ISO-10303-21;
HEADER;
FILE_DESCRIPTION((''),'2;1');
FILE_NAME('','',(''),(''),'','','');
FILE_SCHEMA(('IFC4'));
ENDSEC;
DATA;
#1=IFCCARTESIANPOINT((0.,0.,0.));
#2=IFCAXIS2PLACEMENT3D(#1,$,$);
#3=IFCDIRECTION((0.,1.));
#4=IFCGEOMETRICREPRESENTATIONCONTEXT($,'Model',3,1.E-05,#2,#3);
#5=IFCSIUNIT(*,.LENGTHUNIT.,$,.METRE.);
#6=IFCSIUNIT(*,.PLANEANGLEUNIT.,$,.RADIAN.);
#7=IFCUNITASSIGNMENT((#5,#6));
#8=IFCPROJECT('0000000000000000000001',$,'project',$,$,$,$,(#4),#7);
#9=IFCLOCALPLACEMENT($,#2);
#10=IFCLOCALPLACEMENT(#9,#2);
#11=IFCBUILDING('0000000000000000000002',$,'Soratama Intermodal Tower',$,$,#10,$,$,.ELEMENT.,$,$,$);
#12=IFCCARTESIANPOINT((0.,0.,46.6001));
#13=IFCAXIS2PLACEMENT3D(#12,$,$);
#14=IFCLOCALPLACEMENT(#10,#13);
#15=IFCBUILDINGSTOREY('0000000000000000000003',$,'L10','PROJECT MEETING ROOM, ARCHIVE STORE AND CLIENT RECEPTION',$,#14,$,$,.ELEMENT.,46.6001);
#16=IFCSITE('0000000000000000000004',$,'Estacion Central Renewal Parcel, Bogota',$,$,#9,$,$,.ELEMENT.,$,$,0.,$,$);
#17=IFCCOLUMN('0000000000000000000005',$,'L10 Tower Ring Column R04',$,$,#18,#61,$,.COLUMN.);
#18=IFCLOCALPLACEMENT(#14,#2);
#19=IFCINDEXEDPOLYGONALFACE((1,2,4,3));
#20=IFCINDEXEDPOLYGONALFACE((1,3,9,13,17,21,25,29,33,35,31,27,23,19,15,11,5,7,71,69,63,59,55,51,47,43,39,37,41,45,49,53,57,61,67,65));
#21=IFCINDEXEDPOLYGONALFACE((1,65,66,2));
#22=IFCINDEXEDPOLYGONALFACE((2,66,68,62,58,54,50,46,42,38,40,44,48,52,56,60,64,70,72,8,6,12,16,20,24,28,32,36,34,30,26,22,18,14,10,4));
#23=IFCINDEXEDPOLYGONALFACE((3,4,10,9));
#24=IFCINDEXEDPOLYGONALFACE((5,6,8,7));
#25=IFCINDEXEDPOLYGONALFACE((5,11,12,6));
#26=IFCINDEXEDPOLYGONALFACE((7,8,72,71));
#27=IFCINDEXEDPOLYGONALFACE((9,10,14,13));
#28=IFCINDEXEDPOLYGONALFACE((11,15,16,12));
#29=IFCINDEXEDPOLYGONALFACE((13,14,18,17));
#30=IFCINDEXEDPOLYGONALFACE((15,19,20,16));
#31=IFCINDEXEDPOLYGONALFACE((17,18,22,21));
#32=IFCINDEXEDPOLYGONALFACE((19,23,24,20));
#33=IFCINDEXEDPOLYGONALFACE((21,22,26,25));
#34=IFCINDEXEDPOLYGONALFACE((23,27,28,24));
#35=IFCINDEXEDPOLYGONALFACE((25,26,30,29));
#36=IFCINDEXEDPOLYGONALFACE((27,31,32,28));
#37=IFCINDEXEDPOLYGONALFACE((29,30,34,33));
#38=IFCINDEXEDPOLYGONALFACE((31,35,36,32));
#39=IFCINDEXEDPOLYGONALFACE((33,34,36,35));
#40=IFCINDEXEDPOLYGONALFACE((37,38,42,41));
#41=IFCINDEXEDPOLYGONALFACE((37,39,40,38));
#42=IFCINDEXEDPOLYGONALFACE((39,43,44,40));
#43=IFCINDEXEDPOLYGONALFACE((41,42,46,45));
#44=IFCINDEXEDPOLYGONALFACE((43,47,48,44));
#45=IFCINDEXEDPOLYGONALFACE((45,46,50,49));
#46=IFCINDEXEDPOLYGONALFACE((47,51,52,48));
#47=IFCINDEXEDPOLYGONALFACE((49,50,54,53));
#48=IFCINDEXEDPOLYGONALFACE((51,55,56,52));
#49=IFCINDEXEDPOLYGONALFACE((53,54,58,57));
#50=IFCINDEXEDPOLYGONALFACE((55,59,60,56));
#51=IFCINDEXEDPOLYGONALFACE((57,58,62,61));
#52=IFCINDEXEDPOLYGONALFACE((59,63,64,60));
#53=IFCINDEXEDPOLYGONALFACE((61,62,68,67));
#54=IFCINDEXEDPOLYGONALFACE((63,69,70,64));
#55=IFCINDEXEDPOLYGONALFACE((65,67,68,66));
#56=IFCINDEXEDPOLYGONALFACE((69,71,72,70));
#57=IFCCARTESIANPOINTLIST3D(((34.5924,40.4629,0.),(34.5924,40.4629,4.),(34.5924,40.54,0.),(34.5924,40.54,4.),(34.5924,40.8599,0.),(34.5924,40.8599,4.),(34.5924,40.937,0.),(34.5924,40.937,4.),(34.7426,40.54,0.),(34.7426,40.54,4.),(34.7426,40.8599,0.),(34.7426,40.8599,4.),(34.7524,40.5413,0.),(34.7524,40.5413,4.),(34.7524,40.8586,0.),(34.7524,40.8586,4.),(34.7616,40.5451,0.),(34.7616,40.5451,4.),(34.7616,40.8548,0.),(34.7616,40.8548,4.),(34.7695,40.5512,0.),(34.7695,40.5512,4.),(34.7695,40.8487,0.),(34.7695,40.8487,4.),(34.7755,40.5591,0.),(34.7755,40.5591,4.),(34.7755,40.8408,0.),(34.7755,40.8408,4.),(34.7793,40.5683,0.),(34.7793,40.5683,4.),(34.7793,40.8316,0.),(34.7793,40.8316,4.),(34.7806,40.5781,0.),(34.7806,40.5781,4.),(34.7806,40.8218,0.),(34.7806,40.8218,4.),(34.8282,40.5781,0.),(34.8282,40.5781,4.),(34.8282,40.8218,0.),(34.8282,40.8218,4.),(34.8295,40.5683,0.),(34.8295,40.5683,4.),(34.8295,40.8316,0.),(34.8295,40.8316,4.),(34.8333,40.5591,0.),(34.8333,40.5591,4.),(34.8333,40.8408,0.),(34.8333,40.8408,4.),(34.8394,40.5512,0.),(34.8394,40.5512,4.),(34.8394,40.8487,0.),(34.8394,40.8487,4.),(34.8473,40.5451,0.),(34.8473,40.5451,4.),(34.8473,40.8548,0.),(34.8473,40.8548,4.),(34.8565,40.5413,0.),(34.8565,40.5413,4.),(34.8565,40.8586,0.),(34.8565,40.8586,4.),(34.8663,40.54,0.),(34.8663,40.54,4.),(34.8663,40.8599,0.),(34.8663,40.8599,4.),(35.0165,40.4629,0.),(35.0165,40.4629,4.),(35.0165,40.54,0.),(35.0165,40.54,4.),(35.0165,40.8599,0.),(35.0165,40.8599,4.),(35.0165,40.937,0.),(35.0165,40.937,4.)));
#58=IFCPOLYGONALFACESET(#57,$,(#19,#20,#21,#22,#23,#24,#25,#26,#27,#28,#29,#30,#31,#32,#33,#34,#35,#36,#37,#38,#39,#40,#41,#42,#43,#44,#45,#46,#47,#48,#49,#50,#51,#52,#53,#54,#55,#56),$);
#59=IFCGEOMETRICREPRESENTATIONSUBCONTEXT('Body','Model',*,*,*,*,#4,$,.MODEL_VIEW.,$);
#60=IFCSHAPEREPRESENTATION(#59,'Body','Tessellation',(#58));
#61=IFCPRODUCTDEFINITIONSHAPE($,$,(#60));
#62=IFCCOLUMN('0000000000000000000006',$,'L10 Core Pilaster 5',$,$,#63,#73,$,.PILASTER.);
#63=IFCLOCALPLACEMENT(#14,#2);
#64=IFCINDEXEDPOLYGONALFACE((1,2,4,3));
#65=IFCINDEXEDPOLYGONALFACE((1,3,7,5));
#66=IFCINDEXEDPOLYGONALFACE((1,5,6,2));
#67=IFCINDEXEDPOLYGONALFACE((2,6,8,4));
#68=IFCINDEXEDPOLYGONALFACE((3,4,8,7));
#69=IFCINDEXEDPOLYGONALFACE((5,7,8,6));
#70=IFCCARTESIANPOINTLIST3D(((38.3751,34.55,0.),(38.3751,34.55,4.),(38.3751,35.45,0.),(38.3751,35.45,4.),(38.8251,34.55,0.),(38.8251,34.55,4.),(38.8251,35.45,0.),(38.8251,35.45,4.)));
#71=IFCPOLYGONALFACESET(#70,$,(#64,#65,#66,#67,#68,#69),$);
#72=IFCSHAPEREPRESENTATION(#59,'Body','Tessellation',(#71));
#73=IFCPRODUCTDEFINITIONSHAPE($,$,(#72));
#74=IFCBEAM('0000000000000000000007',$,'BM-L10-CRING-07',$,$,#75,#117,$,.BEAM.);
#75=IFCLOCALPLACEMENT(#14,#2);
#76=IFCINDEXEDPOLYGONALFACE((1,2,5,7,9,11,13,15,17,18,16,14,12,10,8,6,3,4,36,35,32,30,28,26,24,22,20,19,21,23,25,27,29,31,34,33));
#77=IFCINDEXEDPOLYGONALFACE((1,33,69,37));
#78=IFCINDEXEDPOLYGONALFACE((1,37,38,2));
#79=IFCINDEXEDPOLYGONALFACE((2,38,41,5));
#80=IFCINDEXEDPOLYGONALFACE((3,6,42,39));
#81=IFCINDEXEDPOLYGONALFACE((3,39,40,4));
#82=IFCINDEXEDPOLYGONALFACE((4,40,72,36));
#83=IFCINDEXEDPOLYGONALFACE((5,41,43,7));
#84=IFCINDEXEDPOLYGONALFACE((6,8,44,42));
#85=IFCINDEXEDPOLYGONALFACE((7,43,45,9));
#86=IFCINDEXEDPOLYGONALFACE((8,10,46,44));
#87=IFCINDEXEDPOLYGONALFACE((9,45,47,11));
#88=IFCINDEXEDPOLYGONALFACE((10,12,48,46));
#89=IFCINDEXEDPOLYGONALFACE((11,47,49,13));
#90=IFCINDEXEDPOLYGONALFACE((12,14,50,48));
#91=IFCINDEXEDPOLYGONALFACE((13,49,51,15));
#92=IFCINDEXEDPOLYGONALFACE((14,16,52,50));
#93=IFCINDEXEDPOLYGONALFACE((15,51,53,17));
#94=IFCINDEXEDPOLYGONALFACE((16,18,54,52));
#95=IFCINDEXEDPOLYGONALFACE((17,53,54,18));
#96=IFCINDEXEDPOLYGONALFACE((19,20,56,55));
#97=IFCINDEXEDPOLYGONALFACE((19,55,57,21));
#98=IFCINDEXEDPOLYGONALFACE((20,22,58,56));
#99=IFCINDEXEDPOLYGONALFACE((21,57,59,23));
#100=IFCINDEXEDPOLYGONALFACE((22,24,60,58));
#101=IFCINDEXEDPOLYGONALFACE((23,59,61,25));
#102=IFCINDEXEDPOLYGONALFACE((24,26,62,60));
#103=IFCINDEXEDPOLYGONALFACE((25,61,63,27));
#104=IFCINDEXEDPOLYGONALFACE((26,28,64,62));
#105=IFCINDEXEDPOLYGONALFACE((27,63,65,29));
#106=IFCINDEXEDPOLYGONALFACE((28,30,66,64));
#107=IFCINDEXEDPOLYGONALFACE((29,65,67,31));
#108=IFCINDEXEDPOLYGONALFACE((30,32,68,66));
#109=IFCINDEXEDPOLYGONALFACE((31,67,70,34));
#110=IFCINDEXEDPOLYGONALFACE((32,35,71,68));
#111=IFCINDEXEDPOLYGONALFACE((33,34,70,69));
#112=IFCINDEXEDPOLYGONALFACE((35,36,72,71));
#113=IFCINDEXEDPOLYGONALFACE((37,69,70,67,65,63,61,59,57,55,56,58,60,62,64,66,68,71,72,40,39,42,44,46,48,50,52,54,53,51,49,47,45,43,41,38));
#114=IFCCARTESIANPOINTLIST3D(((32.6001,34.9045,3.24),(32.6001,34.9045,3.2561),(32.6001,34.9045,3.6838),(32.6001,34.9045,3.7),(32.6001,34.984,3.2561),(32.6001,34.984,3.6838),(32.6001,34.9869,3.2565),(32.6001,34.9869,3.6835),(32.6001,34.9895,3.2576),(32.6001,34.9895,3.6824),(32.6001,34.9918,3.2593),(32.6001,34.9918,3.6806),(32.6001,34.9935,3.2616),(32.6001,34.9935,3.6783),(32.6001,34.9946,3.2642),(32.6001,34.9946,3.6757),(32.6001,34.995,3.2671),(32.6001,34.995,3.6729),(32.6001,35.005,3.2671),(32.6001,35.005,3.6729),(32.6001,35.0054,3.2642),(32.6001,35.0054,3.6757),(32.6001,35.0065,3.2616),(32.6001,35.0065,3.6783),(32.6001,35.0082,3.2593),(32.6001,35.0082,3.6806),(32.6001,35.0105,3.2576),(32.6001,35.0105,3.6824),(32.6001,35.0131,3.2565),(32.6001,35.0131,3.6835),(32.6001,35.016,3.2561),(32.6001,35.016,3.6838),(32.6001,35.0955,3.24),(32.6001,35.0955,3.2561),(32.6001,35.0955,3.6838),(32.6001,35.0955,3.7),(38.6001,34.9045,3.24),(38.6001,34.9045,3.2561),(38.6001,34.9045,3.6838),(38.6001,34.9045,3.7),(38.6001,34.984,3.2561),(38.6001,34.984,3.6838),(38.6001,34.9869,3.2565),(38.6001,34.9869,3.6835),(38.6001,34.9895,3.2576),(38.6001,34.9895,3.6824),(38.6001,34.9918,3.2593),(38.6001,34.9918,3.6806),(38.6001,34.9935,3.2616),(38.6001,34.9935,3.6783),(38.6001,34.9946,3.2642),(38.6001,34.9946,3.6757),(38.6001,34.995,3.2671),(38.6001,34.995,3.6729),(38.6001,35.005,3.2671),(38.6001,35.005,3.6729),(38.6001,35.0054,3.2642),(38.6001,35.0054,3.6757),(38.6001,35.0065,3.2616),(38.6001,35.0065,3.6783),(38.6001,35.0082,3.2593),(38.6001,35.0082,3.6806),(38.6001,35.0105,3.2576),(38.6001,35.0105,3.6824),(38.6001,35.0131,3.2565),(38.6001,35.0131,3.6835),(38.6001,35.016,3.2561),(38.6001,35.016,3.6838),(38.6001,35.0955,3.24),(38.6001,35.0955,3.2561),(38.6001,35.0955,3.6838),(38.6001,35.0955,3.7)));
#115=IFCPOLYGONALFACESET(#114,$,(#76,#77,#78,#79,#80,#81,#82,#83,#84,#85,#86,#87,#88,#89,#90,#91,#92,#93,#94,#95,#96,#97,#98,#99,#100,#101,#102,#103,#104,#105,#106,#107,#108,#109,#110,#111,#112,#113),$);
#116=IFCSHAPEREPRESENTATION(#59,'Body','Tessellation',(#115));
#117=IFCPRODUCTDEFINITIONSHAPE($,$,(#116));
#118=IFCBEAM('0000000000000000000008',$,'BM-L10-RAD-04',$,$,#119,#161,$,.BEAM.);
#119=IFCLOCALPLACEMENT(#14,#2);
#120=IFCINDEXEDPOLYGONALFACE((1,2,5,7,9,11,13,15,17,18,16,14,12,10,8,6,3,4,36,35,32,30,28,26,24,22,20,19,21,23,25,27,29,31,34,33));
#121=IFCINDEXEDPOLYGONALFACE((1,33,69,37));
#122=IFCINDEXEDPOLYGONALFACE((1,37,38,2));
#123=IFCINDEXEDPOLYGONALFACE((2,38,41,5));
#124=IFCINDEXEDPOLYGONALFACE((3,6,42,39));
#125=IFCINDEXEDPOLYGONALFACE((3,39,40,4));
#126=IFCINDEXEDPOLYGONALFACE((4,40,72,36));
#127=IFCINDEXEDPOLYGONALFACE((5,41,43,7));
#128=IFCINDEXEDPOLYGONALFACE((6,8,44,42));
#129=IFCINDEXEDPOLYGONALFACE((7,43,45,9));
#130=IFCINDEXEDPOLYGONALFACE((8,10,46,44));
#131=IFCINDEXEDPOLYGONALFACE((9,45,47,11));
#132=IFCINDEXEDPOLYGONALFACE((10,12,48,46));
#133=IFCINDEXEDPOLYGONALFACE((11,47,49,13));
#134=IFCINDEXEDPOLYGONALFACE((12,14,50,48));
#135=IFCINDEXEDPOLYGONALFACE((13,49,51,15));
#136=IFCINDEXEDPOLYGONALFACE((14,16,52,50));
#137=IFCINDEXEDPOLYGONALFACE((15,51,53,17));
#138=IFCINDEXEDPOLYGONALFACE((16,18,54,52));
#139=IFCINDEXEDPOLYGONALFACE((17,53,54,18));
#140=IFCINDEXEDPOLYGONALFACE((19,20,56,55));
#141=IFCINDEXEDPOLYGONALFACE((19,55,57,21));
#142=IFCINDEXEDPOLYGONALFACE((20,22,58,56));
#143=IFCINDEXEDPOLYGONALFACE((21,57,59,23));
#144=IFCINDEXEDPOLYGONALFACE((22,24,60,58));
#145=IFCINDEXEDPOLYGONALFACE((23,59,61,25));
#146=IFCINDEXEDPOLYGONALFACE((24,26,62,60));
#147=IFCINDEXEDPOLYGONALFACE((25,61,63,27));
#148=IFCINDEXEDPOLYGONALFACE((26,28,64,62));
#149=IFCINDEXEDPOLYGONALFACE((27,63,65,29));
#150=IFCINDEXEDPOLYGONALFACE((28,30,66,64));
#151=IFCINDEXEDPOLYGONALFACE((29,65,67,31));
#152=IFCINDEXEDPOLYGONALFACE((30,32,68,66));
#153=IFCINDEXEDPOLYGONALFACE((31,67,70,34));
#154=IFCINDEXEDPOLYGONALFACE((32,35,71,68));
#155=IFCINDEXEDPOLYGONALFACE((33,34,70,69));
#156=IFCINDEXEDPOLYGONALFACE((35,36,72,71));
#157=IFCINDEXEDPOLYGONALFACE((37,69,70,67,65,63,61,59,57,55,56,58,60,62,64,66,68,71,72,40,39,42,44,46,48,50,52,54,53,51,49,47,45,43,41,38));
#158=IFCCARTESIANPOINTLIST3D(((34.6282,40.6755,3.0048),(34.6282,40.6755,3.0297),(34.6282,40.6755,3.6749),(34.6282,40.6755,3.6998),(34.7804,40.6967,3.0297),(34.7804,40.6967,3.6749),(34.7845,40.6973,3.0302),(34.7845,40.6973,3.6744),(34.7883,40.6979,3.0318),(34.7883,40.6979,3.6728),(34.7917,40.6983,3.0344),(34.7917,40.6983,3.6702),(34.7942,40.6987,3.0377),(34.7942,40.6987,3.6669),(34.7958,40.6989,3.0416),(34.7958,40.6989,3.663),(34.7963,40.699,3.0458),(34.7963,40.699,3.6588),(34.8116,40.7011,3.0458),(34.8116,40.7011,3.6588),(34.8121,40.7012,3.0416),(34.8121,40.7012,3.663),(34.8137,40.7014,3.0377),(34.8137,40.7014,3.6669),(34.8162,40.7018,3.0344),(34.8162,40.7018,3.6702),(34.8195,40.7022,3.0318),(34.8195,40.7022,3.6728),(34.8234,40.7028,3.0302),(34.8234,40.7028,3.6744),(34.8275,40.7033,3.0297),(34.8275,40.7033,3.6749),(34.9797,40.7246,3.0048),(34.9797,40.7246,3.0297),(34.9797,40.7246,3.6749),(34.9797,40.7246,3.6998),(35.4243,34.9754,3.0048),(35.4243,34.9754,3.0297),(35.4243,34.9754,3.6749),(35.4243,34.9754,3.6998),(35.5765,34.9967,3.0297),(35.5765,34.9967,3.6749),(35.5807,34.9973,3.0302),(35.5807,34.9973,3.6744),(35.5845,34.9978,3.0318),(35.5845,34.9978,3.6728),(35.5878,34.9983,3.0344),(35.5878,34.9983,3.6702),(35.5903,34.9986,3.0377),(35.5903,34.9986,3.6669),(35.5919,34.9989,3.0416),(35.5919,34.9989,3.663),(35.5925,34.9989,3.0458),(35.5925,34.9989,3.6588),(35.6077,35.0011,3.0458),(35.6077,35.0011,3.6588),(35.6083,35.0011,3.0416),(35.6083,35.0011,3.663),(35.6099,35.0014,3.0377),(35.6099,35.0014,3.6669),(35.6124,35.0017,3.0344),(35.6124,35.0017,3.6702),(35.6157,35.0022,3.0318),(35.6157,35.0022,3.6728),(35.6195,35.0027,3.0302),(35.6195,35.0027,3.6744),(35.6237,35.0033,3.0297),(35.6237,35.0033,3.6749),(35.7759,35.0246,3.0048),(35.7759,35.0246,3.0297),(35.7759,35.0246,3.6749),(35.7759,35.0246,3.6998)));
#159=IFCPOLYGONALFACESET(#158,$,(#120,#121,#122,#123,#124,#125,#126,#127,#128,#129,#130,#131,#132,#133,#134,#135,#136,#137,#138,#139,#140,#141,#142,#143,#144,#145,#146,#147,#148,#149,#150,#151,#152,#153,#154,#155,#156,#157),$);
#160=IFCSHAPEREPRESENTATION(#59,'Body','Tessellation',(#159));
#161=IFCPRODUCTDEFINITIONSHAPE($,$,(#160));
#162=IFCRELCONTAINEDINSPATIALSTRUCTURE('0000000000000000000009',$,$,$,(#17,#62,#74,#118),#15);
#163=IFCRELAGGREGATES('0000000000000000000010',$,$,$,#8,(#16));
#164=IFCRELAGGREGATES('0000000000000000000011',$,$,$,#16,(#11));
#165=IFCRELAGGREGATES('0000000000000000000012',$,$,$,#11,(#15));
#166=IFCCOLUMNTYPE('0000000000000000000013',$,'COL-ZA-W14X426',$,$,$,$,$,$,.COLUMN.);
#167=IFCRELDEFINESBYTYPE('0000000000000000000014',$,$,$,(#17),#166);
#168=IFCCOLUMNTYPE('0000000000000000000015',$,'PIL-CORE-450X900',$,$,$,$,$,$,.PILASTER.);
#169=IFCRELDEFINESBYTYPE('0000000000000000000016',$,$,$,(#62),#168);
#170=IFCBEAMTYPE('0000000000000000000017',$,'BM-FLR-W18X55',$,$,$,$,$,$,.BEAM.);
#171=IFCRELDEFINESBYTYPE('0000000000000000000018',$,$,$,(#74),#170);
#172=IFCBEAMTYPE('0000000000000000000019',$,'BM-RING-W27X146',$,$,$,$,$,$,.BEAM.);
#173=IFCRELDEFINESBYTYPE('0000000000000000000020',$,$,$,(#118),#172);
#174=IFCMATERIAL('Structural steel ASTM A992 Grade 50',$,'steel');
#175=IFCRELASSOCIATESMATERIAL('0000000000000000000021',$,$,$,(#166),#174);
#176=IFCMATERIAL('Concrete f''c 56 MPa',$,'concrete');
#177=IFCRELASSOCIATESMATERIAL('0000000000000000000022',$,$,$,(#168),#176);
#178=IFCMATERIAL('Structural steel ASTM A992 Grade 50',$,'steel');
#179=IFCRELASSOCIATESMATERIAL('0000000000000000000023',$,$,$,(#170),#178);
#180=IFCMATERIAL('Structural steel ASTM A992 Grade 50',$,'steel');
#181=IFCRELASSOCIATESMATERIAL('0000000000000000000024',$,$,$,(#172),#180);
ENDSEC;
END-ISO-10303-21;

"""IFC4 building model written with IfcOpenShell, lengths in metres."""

from ifc_helpers import new_model, si_unit, direction, frame, origin, origin_2d, place, context, subcontext, project, spatial, rectangle, i_section, extrude, material, material_profile, profile_set, type_object, element, save


model = new_model("IFC4")

# Units and contexts
model_context = context("Model", 3, precision=1e-05, world=origin(), true_north=direction((0.0, 1.0)))
body_context = subcontext(model_context, "Body", "Model", "MODEL_VIEW")
ifc_project = project(units=[si_unit("LENGTHUNIT", "METRE"), si_unit("PLANEANGLEUNIT", "RADIAN")], contexts=[model_context])

# Site, building, storey
site_placement = place(None, origin())
site = spatial("IfcSite", under=ifc_project, at=site_placement, Name="Estacion Central Renewal Parcel, Bogota", CompositionType="ELEMENT", RefElevation=0.0)
building_placement = place(site_placement, origin())
building = spatial("IfcBuilding", under=site, at=building_placement, Name="Soratama Intermodal Tower", CompositionType="ELEMENT")
storey_placement = place(building_placement, frame((0.0, 0.0, 46.6001)))
storey = spatial("IfcBuildingStorey", under=building, at=storey_placement, Name="L10", Description="PROJECT MEETING ROOM, ARCHIVE STORE AND CLIENT RECEPTION", CompositionType="ELEMENT", Elevation=46.6001)

# Columns
ifc_material_1 = material(Name="Structural steel ASTM A992 Grade 50", Category="steel")
ifc_material_profile_1 = material_profile(ifc_material_1, i_section(OverallWidth=0.4241, OverallDepth=0.4741, WebThickness=0.0476, FlangeThickness=0.0771, FilletRadius=0.0381, at=origin_2d()), Name="W14X426")
ifc_profile_set_1 = profile_set([ifc_material_profile_1], Name="Structural steel ASTM A992 Grade 50")
column_type_1 = type_object("IfcColumnType", Name="COL-ZA-W14X426", PredefinedType="COLUMN", material=ifc_profile_set_1)
column_1_placement = place(storey_placement, frame((34.8044, 40.7, 0.0), z_axis=(0.0, 0.0, 1.0), x_axis=(1.0, 0.0, 0.0)))
element("IfcColumn", 1, at=column_1_placement, inside=storey, type_object=column_type_1, Name="L10 Tower Ring Column R04", PredefinedType="COLUMN", context=body_context, shape_type="SweptSolid", body=[
    extrude(i_section(OverallWidth=0.4241, OverallDepth=0.4741, WebThickness=0.0476, FlangeThickness=0.0771, FilletRadius=0.0381, at=origin_2d()), origin(), (0.0, 0.0, 1.0), 4.0),
])
ifc_material_2 = material(Name="Concrete f'c 56 MPa", Category="concrete")
ifc_material_profile_2 = material_profile(ifc_material_2, rectangle(XDim=0.45, YDim=0.8999, at=origin_2d()), Name="RC450X900")
ifc_profile_set_2 = profile_set([ifc_material_profile_2], Name="Concrete f'c 56 MPa")
column_type_2 = type_object("IfcColumnType", Name="PIL-CORE-450X900", PredefinedType="PILASTER", material=ifc_profile_set_2)
column_2_placement = place(storey_placement, frame((38.6001, 35.0, 0.0), z_axis=(0.0, 0.0, 1.0), x_axis=(1.0, 0.0, 0.0)))
element("IfcColumn", 2, at=column_2_placement, inside=storey, type_object=column_type_2, Name="L10 Core Pilaster 5", PredefinedType="PILASTER", context=body_context, shape_type="SweptSolid", body=[
    extrude(rectangle(XDim=0.45, YDim=0.8999, at=origin_2d()), origin(), (0.0, 0.0, 1.0), 4.0),
])

# Beams
ifc_material_3 = material(Name="Structural steel ASTM A992 Grade 50", Category="steel")
ifc_material_profile_3 = material_profile(ifc_material_3, i_section(OverallWidth=0.1909, OverallDepth=0.46, WebThickness=0.01, FlangeThickness=0.0161, FilletRadius=0.011, at=origin_2d()), Name="W18X55")
ifc_profile_set_3 = profile_set([ifc_material_profile_3], Name="Structural steel ASTM A992 Grade 50")
beam_type_1 = type_object("IfcBeamType", Name="BM-FLR-W18X55", PredefinedType="BEAM", material=ifc_profile_set_3)
beam_1_placement = place(storey_placement, frame((38.6001, 35.0, 3.47), z_axis=(-1.0, 0.0, 0.0), x_axis=(0.0, -1.0, 0.0)))
element("IfcBeam", 3, at=beam_1_placement, inside=storey, type_object=beam_type_1, Name="BM-L10-CRING-07", PredefinedType="BEAM", context=body_context, shape_type="SweptSolid", body=[
    extrude(i_section(OverallWidth=0.1909, OverallDepth=0.46, WebThickness=0.01, FlangeThickness=0.0161, FilletRadius=0.011, at=origin_2d()), origin(), (0.0, 0.0, 1.0), 6.0),
])
ifc_material_4 = material(Name="Structural steel ASTM A992 Grade 50", Category="steel")
ifc_material_profile_4 = material_profile(ifc_material_4, i_section(OverallWidth=0.355, OverallDepth=0.6951, WebThickness=0.0154, FlangeThickness=0.0249, FilletRadius=0.0161, at=origin_2d()), Name="W27X146")
ifc_profile_set_4 = profile_set([ifc_material_profile_4], Name="Structural steel ASTM A992 Grade 50")
beam_type_2 = type_object("IfcBeamType", Name="BM-RING-W27X146", PredefinedType="BEAM", material=ifc_profile_set_4)
beam_2_placement = place(storey_placement, frame((35.6001, 35.0, 3.3523), z_axis=(-0.138332, 0.990386, 0.0), x_axis=(-0.990386, -0.138332, 0.0)))
element("IfcBeam", 4, at=beam_2_placement, inside=storey, type_object=beam_type_2, Name="BM-L10-RAD-04", PredefinedType="BEAM", context=body_context, shape_type="SweptSolid", body=[
    extrude(i_section(OverallWidth=0.355, OverallDepth=0.6951, WebThickness=0.0154, FlangeThickness=0.0249, FilletRadius=0.0161, at=origin_2d()), origin(), (0.0, 0.0, 1.0), 5.7554),
])

save(model, "model.ifc")
